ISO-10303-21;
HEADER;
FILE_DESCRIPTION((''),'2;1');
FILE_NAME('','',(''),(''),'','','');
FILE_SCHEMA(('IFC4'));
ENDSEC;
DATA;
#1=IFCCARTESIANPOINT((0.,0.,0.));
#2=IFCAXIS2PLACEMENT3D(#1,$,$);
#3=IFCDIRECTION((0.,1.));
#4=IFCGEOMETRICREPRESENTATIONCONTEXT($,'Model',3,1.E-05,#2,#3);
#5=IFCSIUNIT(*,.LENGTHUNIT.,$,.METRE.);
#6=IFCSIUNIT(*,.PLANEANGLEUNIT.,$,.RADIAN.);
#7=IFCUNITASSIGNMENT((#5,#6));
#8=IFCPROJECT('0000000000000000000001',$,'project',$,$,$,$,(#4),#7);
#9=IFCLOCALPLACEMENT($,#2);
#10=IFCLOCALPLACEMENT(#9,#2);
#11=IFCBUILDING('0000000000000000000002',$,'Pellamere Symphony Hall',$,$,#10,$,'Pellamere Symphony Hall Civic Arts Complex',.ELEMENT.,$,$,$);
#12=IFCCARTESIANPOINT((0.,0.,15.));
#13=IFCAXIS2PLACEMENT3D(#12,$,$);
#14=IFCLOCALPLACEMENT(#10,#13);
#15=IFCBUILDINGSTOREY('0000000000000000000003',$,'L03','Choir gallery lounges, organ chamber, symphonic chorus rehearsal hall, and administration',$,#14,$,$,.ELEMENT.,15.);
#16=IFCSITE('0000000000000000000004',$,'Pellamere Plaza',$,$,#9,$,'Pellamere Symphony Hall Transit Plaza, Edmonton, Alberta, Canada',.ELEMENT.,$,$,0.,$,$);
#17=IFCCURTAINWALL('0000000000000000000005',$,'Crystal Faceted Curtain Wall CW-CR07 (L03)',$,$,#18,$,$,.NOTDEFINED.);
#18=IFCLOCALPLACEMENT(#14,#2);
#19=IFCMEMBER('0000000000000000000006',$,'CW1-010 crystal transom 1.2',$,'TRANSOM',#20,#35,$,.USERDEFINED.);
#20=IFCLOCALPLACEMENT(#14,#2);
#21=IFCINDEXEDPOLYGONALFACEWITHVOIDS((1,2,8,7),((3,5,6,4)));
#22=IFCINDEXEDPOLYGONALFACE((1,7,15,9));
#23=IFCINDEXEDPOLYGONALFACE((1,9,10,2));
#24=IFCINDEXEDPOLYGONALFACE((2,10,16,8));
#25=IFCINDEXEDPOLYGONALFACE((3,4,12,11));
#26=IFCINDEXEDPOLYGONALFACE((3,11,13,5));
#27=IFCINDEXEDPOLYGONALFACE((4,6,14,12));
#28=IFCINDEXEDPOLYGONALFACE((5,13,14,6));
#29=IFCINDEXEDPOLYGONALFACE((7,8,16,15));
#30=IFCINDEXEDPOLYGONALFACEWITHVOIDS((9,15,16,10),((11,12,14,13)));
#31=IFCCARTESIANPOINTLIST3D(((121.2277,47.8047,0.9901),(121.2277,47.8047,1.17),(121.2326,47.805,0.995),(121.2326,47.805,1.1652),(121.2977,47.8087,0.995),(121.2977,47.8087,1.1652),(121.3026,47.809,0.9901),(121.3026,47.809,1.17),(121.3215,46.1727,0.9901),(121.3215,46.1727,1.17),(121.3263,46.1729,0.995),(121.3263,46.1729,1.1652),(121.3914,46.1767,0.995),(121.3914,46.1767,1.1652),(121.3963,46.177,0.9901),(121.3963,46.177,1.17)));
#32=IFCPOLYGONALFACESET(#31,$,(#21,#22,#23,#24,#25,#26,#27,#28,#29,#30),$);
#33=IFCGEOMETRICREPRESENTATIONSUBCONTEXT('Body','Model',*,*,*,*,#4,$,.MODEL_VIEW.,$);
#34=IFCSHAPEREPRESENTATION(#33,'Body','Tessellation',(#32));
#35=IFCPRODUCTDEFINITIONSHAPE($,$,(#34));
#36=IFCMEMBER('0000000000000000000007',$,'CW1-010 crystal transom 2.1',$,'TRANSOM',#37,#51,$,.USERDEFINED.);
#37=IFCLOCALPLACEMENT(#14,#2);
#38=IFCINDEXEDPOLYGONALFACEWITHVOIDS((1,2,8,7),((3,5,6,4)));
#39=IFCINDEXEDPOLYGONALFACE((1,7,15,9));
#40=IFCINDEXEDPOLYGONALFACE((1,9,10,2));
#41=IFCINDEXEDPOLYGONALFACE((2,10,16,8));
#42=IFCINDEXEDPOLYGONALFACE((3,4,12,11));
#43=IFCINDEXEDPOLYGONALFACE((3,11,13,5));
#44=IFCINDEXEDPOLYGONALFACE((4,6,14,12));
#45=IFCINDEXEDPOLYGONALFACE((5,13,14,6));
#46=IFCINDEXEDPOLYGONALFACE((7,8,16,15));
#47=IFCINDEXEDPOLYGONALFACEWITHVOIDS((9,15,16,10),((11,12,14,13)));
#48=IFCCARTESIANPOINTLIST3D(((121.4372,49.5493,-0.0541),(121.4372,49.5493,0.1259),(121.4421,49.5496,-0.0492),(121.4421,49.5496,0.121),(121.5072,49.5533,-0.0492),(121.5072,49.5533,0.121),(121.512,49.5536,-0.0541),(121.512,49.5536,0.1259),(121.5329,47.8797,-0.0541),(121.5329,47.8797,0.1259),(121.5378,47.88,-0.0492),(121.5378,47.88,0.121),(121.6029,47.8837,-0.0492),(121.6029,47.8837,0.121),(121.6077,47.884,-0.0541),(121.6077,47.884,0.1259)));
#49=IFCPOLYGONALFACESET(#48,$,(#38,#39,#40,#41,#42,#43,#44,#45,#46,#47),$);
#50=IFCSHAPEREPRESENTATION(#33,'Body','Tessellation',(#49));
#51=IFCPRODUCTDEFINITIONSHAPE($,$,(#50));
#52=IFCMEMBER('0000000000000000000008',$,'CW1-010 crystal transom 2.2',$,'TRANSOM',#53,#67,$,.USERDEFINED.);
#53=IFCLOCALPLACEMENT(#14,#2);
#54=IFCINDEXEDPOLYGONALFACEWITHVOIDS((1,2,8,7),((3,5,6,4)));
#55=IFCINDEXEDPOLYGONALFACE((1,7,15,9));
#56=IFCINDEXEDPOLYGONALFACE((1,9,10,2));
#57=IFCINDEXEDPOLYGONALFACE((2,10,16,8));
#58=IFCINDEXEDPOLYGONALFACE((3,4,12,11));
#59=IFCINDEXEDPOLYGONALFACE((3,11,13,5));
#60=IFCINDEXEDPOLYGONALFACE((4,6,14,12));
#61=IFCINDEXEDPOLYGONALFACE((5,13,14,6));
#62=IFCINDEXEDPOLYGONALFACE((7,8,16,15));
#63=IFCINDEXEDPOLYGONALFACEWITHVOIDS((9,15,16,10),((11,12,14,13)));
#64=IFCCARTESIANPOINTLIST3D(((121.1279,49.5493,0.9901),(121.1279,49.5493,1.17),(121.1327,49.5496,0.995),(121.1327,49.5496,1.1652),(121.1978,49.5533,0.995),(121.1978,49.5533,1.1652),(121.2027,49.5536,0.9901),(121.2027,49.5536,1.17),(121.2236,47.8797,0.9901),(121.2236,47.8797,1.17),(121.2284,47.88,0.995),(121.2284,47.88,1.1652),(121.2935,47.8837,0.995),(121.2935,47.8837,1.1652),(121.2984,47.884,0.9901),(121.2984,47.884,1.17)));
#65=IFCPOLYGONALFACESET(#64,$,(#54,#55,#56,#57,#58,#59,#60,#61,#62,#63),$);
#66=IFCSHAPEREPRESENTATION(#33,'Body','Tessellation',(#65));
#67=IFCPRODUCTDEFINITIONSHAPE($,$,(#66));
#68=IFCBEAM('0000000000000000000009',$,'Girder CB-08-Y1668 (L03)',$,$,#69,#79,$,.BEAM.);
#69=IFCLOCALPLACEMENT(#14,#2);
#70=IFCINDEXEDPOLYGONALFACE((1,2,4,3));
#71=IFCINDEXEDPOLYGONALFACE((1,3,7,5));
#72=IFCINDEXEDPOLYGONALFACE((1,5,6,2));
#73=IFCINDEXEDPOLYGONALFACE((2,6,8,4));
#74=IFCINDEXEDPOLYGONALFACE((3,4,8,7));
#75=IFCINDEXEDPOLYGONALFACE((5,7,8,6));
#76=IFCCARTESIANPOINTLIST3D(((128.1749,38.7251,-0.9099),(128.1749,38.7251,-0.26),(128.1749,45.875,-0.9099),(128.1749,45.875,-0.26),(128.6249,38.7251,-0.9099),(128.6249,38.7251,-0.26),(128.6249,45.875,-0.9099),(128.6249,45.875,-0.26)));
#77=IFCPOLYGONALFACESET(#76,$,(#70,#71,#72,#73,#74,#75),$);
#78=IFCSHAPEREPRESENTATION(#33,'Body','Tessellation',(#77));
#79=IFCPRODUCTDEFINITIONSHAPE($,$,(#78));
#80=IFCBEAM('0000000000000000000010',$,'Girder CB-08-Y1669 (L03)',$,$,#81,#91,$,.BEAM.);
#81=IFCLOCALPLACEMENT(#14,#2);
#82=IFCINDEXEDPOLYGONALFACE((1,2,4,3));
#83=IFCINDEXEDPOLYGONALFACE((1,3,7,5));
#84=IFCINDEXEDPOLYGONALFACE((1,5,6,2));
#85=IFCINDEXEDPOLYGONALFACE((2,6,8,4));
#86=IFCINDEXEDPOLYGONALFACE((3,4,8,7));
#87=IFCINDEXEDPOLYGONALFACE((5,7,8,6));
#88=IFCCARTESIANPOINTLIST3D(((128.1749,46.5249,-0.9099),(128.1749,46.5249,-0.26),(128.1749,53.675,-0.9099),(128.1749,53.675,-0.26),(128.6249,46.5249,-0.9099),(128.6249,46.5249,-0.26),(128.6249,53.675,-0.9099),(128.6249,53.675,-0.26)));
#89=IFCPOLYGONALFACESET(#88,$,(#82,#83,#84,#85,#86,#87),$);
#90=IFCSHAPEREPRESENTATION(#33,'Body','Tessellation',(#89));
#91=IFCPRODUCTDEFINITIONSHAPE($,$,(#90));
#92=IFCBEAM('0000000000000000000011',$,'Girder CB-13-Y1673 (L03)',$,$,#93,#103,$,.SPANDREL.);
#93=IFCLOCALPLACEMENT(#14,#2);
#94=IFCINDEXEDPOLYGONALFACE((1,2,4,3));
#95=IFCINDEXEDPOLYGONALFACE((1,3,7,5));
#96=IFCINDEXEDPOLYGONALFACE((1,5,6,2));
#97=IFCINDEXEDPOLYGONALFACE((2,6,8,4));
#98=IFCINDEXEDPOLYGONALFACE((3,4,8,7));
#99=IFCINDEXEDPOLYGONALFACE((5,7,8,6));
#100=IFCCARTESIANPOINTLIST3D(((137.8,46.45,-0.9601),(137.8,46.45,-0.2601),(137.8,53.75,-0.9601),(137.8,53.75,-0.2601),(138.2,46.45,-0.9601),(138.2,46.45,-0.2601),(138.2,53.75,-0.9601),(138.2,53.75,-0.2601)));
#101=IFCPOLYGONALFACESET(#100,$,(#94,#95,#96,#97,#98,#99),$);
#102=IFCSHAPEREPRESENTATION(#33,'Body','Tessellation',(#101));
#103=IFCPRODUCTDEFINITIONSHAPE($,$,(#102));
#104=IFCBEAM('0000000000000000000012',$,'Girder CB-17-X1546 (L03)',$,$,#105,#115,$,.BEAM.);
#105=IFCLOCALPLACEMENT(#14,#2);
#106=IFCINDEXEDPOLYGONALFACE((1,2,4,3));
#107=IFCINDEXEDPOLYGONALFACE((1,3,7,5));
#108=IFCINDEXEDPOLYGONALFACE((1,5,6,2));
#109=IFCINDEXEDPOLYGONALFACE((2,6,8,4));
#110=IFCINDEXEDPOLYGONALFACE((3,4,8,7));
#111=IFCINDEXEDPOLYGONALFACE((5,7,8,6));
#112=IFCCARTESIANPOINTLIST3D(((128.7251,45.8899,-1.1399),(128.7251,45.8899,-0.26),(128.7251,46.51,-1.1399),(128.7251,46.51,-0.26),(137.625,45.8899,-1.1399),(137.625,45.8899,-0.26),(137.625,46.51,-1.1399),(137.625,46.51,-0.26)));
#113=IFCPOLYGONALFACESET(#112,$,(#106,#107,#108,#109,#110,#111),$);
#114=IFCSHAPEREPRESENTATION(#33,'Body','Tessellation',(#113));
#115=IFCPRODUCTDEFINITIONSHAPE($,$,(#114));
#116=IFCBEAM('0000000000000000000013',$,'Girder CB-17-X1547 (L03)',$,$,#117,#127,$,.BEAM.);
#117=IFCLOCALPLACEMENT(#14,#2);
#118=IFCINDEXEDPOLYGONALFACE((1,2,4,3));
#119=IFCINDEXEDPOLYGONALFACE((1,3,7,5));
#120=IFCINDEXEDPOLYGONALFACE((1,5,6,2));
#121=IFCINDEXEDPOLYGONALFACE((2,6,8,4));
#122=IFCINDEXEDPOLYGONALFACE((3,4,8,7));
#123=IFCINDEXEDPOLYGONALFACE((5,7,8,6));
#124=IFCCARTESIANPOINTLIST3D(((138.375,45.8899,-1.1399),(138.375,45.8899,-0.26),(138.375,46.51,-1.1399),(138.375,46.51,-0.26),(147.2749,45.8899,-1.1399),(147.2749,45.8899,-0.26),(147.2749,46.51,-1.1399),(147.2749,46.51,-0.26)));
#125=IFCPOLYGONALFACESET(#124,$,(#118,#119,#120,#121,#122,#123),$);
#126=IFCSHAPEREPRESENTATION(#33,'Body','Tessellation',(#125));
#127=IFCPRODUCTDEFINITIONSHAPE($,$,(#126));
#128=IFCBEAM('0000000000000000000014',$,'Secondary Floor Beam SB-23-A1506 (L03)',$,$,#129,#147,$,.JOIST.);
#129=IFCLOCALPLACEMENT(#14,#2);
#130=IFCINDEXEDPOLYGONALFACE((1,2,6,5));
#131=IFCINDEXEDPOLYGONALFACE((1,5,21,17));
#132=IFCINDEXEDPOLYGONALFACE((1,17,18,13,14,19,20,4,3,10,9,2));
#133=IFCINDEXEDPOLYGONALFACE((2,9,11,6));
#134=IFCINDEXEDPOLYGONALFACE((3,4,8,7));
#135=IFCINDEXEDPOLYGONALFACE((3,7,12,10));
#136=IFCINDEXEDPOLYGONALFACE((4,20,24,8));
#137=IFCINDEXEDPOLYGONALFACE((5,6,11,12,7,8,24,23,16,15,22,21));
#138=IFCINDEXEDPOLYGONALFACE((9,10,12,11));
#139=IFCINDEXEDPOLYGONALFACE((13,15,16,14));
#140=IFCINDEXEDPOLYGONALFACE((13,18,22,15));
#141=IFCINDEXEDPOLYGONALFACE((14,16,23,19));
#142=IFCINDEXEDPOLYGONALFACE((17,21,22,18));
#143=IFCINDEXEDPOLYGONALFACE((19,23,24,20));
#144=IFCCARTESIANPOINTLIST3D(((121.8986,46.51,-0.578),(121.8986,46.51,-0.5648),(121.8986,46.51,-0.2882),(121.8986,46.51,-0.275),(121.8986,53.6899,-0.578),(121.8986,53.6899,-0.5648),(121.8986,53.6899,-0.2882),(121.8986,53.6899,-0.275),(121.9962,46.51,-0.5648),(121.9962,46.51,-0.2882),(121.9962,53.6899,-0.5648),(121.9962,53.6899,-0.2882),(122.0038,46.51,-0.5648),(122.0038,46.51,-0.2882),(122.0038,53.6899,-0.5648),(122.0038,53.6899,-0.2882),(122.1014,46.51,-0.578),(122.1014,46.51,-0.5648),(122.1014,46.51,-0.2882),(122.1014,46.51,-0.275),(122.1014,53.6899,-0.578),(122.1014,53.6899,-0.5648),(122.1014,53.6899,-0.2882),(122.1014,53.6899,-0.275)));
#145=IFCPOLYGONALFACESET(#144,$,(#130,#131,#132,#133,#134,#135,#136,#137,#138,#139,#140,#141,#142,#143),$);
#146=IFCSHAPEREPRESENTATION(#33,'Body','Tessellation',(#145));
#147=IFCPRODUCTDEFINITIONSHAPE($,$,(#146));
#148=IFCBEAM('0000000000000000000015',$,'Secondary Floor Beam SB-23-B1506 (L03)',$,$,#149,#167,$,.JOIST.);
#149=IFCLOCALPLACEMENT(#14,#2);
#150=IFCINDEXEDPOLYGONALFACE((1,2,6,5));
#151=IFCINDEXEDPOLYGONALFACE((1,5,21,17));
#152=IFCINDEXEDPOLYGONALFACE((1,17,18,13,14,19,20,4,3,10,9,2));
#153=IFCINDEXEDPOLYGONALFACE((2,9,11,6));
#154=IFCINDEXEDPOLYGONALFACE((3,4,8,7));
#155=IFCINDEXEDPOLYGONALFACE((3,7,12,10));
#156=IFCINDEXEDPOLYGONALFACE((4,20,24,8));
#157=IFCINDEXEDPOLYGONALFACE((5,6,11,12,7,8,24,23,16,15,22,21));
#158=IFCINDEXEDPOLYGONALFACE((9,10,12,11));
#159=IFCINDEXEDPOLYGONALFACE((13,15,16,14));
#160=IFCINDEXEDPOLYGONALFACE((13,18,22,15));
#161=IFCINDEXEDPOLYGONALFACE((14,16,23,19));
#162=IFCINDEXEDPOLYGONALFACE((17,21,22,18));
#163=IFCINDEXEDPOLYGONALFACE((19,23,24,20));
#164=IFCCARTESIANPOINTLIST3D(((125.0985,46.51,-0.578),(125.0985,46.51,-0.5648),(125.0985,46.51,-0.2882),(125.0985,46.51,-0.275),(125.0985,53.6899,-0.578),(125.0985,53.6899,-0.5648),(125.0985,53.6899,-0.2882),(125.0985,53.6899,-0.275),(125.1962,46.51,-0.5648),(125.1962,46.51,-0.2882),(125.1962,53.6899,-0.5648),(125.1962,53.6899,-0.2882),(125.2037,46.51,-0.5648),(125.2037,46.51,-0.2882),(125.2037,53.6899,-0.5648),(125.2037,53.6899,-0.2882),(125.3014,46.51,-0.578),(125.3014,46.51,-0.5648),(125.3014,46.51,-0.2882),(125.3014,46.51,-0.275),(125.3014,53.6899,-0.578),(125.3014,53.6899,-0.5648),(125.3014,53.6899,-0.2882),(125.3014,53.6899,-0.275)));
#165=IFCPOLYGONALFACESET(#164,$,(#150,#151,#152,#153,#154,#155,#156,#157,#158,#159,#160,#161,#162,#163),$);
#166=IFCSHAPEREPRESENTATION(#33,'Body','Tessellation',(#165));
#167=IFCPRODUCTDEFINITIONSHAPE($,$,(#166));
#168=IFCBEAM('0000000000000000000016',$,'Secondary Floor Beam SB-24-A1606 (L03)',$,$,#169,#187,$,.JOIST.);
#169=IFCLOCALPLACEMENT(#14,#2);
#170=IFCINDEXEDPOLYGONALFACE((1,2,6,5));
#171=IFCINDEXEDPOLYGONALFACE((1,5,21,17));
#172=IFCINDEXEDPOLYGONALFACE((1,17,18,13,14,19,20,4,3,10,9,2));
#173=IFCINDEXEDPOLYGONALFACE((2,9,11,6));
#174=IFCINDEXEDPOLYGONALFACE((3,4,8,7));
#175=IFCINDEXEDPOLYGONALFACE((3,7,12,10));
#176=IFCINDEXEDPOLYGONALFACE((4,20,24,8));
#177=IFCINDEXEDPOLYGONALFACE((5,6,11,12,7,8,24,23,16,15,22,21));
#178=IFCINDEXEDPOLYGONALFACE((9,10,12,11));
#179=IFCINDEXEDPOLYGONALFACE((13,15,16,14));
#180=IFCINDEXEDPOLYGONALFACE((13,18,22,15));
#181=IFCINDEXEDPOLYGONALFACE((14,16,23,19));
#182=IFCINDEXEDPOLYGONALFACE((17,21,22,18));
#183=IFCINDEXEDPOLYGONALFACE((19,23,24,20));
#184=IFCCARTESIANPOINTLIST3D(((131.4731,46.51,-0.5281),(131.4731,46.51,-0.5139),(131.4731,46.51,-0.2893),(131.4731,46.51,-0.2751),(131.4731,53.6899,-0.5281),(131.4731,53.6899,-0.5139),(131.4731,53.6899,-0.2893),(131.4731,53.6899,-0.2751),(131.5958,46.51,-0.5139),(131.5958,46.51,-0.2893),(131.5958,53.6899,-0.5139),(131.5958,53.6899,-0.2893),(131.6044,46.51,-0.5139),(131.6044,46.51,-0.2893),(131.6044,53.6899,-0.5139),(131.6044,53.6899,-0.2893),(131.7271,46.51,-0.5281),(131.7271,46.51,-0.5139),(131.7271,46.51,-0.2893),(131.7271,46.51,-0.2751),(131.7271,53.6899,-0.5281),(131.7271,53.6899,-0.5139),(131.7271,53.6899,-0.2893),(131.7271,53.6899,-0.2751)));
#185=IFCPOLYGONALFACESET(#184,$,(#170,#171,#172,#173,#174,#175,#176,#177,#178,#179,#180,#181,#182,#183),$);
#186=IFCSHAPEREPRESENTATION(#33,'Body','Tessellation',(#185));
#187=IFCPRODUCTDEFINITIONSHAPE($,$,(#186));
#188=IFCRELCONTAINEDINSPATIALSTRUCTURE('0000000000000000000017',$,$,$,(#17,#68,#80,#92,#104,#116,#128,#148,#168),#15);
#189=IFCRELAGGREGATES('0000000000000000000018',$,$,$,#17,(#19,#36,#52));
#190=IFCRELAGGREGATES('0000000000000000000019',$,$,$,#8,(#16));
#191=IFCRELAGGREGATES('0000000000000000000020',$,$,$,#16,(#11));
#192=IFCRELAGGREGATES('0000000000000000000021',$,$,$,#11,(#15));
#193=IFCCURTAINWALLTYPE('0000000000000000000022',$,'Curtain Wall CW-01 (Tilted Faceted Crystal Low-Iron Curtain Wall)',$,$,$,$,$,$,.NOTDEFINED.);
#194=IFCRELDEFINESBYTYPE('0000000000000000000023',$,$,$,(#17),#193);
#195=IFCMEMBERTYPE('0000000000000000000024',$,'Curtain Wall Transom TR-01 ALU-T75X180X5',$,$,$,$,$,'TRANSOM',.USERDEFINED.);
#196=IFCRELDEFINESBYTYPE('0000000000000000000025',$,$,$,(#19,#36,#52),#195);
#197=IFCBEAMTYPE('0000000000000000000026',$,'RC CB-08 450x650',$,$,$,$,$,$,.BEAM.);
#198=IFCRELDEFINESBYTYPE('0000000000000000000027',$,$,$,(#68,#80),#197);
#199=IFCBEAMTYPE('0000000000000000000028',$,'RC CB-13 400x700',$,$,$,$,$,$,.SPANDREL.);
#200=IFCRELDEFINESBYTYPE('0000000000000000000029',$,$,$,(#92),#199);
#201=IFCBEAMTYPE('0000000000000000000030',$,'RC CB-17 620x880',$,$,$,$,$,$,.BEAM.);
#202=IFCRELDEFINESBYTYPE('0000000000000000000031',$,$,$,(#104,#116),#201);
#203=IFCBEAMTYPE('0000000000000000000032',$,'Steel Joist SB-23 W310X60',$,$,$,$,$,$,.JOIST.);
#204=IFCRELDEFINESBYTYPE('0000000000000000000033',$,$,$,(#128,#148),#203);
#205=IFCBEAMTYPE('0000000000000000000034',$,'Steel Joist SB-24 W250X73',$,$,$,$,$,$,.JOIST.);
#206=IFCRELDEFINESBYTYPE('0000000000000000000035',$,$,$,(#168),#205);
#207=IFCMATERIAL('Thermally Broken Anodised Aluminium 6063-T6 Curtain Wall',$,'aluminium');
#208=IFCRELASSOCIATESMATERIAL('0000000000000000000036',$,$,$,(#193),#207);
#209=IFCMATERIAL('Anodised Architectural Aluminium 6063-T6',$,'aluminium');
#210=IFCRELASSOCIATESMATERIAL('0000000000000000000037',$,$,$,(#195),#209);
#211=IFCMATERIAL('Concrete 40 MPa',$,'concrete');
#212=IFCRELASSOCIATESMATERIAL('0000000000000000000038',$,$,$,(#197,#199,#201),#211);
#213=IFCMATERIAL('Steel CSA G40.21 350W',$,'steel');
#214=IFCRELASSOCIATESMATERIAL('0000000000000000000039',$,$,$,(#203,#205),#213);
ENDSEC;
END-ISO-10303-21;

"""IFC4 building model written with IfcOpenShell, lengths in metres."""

from ifc_helpers import new_model, si_unit, direction, frame, origin, origin_2d, place, context, subcontext, project, spatial, rectangle, hollow_rectangle, i_section, extrude, material, material_profile, profile_set, type_object, element, aggregate, save


model = new_model("IFC4")

# Units and contexts
model_context = context("Model", 3, precision=1e-05, world=origin(), true_north=direction((0.0, 1.0)))
body_context = subcontext(model_context, "Body", "Model", "MODEL_VIEW")
ifc_project = project(units=[si_unit("LENGTHUNIT", "METRE"), si_unit("PLANEANGLEUNIT", "RADIAN")], contexts=[model_context])

# Site, building, storey
site_placement = place(None, origin())
site = spatial("IfcSite", under=ifc_project, at=site_placement, Name="Pellamere Plaza", LongName="Pellamere Symphony Hall Transit Plaza, Edmonton, Alberta, Canada", CompositionType="ELEMENT", RefElevation=0.0)
building_placement = place(site_placement, origin())
building = spatial("IfcBuilding", under=site, at=building_placement, Name="Pellamere Symphony Hall", LongName="Pellamere Symphony Hall Civic Arts Complex", CompositionType="ELEMENT")
storey_placement = place(building_placement, frame((0.0, 0.0, 15.0)))
storey = spatial("IfcBuildingStorey", under=building, at=storey_placement, Name="L03", Description="Choir gallery lounges, organ chamber, symphonic chorus rehearsal hall, and administration", CompositionType="ELEMENT", Elevation=15.0)

# Shared definitions
ifc_material_1 = material(Name="Concrete 40 MPa", Category="concrete")

# Curtain wall
ifc_material_2 = material(Name="Thermally Broken Anodised Aluminium 6063-T6 Curtain Wall", Category="aluminium")
curtain_wall_type = type_object("IfcCurtainWallType", Name="Curtain Wall CW-01 (Tilted Faceted Crystal Low-Iron Curtain Wall)", PredefinedType="NOTDEFINED", material=ifc_material_2)
curtain_wall_1_placement = place(storey_placement, origin())
curtain_wall_1 = element("IfcCurtainWall", 1, at=curtain_wall_1_placement, inside=storey, type_object=curtain_wall_type, Name="Crystal Faceted Curtain Wall CW-CR07 (L03)", PredefinedType="NOTDEFINED")
ifc_material_3 = material(Name="Anodised Architectural Aluminium 6063-T6", Category="aluminium")
ifc_material_profile_1 = material_profile(ifc_material_3, hollow_rectangle(XDim=0.075, YDim=0.1799, WallThickness=0.0049, at=origin_2d()), Name="ALU-T75X180X5")
ifc_profile_set_1 = profile_set([ifc_material_profile_1], Name="Anodised Architectural Aluminium 6063-T6")
member_type_1 = type_object("IfcMemberType", Name="Curtain Wall Transom TR-01 ALU-T75X180X5", ElementType="TRANSOM", PredefinedType="USERDEFINED", material=ifc_profile_set_1)

# Members
member_1_placement = place(storey_placement, frame((121.3589, 46.1748, 1.0801), z_axis=(-0.057348, 0.998354, 0.0), x_axis=(-0.998354, -0.057348, 0.0)))
member_1 = element("IfcMember", 2, at=member_1_placement, type_object=member_type_1, Name="CW1-010 crystal transom 1.2", ObjectType="TRANSOM", PredefinedType="USERDEFINED", context=body_context, shape_type="SweptSolid", body=[
    extrude(hollow_rectangle(XDim=0.075, YDim=0.1799, WallThickness=0.0049, at=origin_2d()), origin(), (0.0, 0.0, 1.0), 1.6348),
])
member_2_placement = place(storey_placement, frame((121.5703, 47.8818, 0.0359), z_axis=(-0.057224, 0.998361, 0.0), x_axis=(-0.998361, -0.057224, 0.0)))
member_2 = element("IfcMember", 3, at=member_2_placement, type_object=member_type_1, Name="CW1-010 crystal transom 2.1", ObjectType="TRANSOM", PredefinedType="USERDEFINED", context=body_context, shape_type="SweptSolid", body=[
    extrude(hollow_rectangle(XDim=0.075, YDim=0.1799, WallThickness=0.0049, at=origin_2d()), origin(), (0.0, 0.0, 1.0), 1.6724),
])
member_3_placement = place(storey_placement, frame((121.261, 47.8818, 1.0801), z_axis=(-0.057224, 0.998361, 0.0), x_axis=(-0.998361, -0.057224, 0.0)))
member_3 = element("IfcMember", 4, at=member_3_placement, type_object=member_type_1, Name="CW1-010 crystal transom 2.2", ObjectType="TRANSOM", PredefinedType="USERDEFINED", context=body_context, shape_type="SweptSolid", body=[
    extrude(hollow_rectangle(XDim=0.075, YDim=0.1799, WallThickness=0.0049, at=origin_2d()), origin(), (0.0, 0.0, 1.0), 1.6724),
])

# Beams
ifc_material_profile_2 = material_profile(ifc_material_1, rectangle(XDim=0.45, YDim=0.6499, at=origin_2d()), Name="RC 450x650")
ifc_profile_set_2 = profile_set([ifc_material_profile_2], Name="Concrete 40 MPa")
beam_type_1 = type_object("IfcBeamType", Name="RC CB-08 450x650", PredefinedType="BEAM", material=ifc_profile_set_2)
beam_1_placement = place(storey_placement, frame((128.3999, 38.7251, -0.585), z_axis=(0.0, 1.0, 0.0), x_axis=(-1.0, 0.0, 0.0)))
element("IfcBeam", 5, at=beam_1_placement, inside=storey, type_object=beam_type_1, Name="Girder CB-08-Y1668 (L03)", PredefinedType="BEAM", context=body_context, shape_type="SweptSolid", body=[
    extrude(rectangle(XDim=0.45, YDim=0.6499, at=origin_2d()), origin(), (0.0, 0.0, 1.0), 7.1499),
])
beam_2_placement = place(storey_placement, frame((128.3999, 46.5249, -0.585), z_axis=(0.0, 1.0, 0.0), x_axis=(-1.0, 0.0, 0.0)))
element("IfcBeam", 6, at=beam_2_placement, inside=storey, type_object=beam_type_1, Name="Girder CB-08-Y1669 (L03)", PredefinedType="BEAM", context=body_context, shape_type="SweptSolid", body=[
    extrude(rectangle(XDim=0.45, YDim=0.6499, at=origin_2d()), origin(), (0.0, 0.0, 1.0), 7.1501),
])
ifc_material_profile_3 = material_profile(ifc_material_1, rectangle(XDim=0.3999, YDim=0.7, at=origin_2d()), Name="RC 400x700")
ifc_profile_set_3 = profile_set([ifc_material_profile_3], Name="Concrete 40 MPa")
beam_type_2 = type_object("IfcBeamType", Name="RC CB-13 400x700", PredefinedType="SPANDREL", material=ifc_profile_set_3)
beam_3_placement = place(storey_placement, frame((138.0, 46.45, -0.6101), z_axis=(0.0, 1.0, 0.0), x_axis=(-1.0, 0.0, 0.0)))
element("IfcBeam", 7, at=beam_3_placement, inside=storey, type_object=beam_type_2, Name="Girder CB-13-Y1673 (L03)", PredefinedType="SPANDREL", context=body_context, shape_type="SweptSolid", body=[
    extrude(rectangle(XDim=0.3999, YDim=0.7, at=origin_2d()), origin(), (0.0, 0.0, 1.0), 7.3),
])
ifc_material_profile_4 = material_profile(ifc_material_1, rectangle(XDim=0.6201, YDim=0.8799, at=origin_2d()), Name="RC 620x880")
ifc_profile_set_4 = profile_set([ifc_material_profile_4], Name="Concrete 40 MPa")
beam_type_3 = type_object("IfcBeamType", Name="RC CB-17 620x880", PredefinedType="BEAM", material=ifc_profile_set_4)
for number, where, z_axis, x_axis, name in (
    (8, (128.7251, 46.2, -0.7), (1.0, 0.0, 0.0), (0.0, 1.0, 0.0), "Girder CB-17-X1546 (L03)"),
    (9, (138.375, 46.2, -0.7), (1.0, 0.0, 0.0), (0.0, 1.0, 0.0), "Girder CB-17-X1547 (L03)"),
):
    element("IfcBeam", number, at=place(storey_placement, frame(where, z_axis=z_axis, x_axis=x_axis)), inside=storey, type_object=beam_type_3, Name=name, PredefinedType="BEAM", context=body_context, shape_type="SweptSolid", body=[
        extrude(rectangle(XDim=0.6201, YDim=0.8799, at=origin_2d()), origin(), (0.0, 0.0, 1.0), 8.8999),
    ])
ifc_material_4 = material(Name="Steel CSA G40.21 350W", Category="steel")
ifc_material_profile_5 = material_profile(ifc_material_4, i_section(OverallWidth=0.2029, OverallDepth=0.303, WebThickness=0.0076, FlangeThickness=0.0132, at=origin_2d()), Name="W310X60")
ifc_profile_set_5 = profile_set([ifc_material_profile_5], Name="Steel CSA G40.21 350W")
beam_type_4 = type_object("IfcBeamType", Name="Steel Joist SB-23 W310X60", PredefinedType="JOIST", material=ifc_profile_set_5)
for number, where, z_axis, x_axis, name in (
    (10, (122.0, 46.51, -0.4265), (0.0, 1.0, 0.0), (-1.0, 0.0, 0.0), "Secondary Floor Beam SB-23-A1506 (L03)"),
    (11, (125.2, 46.51, -0.4265), (0.0, 1.0, 0.0), (-1.0, 0.0, 0.0), "Secondary Floor Beam SB-23-B1506 (L03)"),
):
    element("IfcBeam", number, at=place(storey_placement, frame(where, z_axis=z_axis, x_axis=x_axis)), inside=storey, type_object=beam_type_4, Name=name, PredefinedType="JOIST", context=body_context, shape_type="SweptSolid", body=[
        extrude(i_section(OverallWidth=0.2029, OverallDepth=0.303, WebThickness=0.0076, FlangeThickness=0.0132, at=origin_2d()), origin(), (0.0, 0.0, 1.0), 7.1799),
    ])
ifc_material_profile_6 = material_profile(ifc_material_4, i_section(OverallWidth=0.2539, OverallDepth=0.2529, WebThickness=0.0085, FlangeThickness=0.0142, at=origin_2d()), Name="W250X73")
ifc_profile_set_6 = profile_set([ifc_material_profile_6], Name="Steel CSA G40.21 350W")
beam_type_5 = type_object("IfcBeamType", Name="Steel Joist SB-24 W250X73", PredefinedType="JOIST", material=ifc_profile_set_6)
for number, where, z_axis, x_axis, name in (
    (12, (131.6001, 46.51, -0.4016), (0.0, 1.0, 0.0), (-1.0, 0.0, 0.0), "Secondary Floor Beam SB-24-A1606 (L03)"),
):
    element("IfcBeam", number, at=place(storey_placement, frame(where, z_axis=z_axis, x_axis=x_axis)), inside=storey, type_object=beam_type_5, Name=name, PredefinedType="JOIST", context=body_context, shape_type="SweptSolid", body=[
        extrude(i_section(OverallWidth=0.2539, OverallDepth=0.2529, WebThickness=0.0085, FlangeThickness=0.0142, at=origin_2d()), origin(), (0.0, 0.0, 1.0), 7.1799),
    ])

aggregate(curtain_wall_1, [member_1, member_2, member_3])

save(model, "model.ifc")
